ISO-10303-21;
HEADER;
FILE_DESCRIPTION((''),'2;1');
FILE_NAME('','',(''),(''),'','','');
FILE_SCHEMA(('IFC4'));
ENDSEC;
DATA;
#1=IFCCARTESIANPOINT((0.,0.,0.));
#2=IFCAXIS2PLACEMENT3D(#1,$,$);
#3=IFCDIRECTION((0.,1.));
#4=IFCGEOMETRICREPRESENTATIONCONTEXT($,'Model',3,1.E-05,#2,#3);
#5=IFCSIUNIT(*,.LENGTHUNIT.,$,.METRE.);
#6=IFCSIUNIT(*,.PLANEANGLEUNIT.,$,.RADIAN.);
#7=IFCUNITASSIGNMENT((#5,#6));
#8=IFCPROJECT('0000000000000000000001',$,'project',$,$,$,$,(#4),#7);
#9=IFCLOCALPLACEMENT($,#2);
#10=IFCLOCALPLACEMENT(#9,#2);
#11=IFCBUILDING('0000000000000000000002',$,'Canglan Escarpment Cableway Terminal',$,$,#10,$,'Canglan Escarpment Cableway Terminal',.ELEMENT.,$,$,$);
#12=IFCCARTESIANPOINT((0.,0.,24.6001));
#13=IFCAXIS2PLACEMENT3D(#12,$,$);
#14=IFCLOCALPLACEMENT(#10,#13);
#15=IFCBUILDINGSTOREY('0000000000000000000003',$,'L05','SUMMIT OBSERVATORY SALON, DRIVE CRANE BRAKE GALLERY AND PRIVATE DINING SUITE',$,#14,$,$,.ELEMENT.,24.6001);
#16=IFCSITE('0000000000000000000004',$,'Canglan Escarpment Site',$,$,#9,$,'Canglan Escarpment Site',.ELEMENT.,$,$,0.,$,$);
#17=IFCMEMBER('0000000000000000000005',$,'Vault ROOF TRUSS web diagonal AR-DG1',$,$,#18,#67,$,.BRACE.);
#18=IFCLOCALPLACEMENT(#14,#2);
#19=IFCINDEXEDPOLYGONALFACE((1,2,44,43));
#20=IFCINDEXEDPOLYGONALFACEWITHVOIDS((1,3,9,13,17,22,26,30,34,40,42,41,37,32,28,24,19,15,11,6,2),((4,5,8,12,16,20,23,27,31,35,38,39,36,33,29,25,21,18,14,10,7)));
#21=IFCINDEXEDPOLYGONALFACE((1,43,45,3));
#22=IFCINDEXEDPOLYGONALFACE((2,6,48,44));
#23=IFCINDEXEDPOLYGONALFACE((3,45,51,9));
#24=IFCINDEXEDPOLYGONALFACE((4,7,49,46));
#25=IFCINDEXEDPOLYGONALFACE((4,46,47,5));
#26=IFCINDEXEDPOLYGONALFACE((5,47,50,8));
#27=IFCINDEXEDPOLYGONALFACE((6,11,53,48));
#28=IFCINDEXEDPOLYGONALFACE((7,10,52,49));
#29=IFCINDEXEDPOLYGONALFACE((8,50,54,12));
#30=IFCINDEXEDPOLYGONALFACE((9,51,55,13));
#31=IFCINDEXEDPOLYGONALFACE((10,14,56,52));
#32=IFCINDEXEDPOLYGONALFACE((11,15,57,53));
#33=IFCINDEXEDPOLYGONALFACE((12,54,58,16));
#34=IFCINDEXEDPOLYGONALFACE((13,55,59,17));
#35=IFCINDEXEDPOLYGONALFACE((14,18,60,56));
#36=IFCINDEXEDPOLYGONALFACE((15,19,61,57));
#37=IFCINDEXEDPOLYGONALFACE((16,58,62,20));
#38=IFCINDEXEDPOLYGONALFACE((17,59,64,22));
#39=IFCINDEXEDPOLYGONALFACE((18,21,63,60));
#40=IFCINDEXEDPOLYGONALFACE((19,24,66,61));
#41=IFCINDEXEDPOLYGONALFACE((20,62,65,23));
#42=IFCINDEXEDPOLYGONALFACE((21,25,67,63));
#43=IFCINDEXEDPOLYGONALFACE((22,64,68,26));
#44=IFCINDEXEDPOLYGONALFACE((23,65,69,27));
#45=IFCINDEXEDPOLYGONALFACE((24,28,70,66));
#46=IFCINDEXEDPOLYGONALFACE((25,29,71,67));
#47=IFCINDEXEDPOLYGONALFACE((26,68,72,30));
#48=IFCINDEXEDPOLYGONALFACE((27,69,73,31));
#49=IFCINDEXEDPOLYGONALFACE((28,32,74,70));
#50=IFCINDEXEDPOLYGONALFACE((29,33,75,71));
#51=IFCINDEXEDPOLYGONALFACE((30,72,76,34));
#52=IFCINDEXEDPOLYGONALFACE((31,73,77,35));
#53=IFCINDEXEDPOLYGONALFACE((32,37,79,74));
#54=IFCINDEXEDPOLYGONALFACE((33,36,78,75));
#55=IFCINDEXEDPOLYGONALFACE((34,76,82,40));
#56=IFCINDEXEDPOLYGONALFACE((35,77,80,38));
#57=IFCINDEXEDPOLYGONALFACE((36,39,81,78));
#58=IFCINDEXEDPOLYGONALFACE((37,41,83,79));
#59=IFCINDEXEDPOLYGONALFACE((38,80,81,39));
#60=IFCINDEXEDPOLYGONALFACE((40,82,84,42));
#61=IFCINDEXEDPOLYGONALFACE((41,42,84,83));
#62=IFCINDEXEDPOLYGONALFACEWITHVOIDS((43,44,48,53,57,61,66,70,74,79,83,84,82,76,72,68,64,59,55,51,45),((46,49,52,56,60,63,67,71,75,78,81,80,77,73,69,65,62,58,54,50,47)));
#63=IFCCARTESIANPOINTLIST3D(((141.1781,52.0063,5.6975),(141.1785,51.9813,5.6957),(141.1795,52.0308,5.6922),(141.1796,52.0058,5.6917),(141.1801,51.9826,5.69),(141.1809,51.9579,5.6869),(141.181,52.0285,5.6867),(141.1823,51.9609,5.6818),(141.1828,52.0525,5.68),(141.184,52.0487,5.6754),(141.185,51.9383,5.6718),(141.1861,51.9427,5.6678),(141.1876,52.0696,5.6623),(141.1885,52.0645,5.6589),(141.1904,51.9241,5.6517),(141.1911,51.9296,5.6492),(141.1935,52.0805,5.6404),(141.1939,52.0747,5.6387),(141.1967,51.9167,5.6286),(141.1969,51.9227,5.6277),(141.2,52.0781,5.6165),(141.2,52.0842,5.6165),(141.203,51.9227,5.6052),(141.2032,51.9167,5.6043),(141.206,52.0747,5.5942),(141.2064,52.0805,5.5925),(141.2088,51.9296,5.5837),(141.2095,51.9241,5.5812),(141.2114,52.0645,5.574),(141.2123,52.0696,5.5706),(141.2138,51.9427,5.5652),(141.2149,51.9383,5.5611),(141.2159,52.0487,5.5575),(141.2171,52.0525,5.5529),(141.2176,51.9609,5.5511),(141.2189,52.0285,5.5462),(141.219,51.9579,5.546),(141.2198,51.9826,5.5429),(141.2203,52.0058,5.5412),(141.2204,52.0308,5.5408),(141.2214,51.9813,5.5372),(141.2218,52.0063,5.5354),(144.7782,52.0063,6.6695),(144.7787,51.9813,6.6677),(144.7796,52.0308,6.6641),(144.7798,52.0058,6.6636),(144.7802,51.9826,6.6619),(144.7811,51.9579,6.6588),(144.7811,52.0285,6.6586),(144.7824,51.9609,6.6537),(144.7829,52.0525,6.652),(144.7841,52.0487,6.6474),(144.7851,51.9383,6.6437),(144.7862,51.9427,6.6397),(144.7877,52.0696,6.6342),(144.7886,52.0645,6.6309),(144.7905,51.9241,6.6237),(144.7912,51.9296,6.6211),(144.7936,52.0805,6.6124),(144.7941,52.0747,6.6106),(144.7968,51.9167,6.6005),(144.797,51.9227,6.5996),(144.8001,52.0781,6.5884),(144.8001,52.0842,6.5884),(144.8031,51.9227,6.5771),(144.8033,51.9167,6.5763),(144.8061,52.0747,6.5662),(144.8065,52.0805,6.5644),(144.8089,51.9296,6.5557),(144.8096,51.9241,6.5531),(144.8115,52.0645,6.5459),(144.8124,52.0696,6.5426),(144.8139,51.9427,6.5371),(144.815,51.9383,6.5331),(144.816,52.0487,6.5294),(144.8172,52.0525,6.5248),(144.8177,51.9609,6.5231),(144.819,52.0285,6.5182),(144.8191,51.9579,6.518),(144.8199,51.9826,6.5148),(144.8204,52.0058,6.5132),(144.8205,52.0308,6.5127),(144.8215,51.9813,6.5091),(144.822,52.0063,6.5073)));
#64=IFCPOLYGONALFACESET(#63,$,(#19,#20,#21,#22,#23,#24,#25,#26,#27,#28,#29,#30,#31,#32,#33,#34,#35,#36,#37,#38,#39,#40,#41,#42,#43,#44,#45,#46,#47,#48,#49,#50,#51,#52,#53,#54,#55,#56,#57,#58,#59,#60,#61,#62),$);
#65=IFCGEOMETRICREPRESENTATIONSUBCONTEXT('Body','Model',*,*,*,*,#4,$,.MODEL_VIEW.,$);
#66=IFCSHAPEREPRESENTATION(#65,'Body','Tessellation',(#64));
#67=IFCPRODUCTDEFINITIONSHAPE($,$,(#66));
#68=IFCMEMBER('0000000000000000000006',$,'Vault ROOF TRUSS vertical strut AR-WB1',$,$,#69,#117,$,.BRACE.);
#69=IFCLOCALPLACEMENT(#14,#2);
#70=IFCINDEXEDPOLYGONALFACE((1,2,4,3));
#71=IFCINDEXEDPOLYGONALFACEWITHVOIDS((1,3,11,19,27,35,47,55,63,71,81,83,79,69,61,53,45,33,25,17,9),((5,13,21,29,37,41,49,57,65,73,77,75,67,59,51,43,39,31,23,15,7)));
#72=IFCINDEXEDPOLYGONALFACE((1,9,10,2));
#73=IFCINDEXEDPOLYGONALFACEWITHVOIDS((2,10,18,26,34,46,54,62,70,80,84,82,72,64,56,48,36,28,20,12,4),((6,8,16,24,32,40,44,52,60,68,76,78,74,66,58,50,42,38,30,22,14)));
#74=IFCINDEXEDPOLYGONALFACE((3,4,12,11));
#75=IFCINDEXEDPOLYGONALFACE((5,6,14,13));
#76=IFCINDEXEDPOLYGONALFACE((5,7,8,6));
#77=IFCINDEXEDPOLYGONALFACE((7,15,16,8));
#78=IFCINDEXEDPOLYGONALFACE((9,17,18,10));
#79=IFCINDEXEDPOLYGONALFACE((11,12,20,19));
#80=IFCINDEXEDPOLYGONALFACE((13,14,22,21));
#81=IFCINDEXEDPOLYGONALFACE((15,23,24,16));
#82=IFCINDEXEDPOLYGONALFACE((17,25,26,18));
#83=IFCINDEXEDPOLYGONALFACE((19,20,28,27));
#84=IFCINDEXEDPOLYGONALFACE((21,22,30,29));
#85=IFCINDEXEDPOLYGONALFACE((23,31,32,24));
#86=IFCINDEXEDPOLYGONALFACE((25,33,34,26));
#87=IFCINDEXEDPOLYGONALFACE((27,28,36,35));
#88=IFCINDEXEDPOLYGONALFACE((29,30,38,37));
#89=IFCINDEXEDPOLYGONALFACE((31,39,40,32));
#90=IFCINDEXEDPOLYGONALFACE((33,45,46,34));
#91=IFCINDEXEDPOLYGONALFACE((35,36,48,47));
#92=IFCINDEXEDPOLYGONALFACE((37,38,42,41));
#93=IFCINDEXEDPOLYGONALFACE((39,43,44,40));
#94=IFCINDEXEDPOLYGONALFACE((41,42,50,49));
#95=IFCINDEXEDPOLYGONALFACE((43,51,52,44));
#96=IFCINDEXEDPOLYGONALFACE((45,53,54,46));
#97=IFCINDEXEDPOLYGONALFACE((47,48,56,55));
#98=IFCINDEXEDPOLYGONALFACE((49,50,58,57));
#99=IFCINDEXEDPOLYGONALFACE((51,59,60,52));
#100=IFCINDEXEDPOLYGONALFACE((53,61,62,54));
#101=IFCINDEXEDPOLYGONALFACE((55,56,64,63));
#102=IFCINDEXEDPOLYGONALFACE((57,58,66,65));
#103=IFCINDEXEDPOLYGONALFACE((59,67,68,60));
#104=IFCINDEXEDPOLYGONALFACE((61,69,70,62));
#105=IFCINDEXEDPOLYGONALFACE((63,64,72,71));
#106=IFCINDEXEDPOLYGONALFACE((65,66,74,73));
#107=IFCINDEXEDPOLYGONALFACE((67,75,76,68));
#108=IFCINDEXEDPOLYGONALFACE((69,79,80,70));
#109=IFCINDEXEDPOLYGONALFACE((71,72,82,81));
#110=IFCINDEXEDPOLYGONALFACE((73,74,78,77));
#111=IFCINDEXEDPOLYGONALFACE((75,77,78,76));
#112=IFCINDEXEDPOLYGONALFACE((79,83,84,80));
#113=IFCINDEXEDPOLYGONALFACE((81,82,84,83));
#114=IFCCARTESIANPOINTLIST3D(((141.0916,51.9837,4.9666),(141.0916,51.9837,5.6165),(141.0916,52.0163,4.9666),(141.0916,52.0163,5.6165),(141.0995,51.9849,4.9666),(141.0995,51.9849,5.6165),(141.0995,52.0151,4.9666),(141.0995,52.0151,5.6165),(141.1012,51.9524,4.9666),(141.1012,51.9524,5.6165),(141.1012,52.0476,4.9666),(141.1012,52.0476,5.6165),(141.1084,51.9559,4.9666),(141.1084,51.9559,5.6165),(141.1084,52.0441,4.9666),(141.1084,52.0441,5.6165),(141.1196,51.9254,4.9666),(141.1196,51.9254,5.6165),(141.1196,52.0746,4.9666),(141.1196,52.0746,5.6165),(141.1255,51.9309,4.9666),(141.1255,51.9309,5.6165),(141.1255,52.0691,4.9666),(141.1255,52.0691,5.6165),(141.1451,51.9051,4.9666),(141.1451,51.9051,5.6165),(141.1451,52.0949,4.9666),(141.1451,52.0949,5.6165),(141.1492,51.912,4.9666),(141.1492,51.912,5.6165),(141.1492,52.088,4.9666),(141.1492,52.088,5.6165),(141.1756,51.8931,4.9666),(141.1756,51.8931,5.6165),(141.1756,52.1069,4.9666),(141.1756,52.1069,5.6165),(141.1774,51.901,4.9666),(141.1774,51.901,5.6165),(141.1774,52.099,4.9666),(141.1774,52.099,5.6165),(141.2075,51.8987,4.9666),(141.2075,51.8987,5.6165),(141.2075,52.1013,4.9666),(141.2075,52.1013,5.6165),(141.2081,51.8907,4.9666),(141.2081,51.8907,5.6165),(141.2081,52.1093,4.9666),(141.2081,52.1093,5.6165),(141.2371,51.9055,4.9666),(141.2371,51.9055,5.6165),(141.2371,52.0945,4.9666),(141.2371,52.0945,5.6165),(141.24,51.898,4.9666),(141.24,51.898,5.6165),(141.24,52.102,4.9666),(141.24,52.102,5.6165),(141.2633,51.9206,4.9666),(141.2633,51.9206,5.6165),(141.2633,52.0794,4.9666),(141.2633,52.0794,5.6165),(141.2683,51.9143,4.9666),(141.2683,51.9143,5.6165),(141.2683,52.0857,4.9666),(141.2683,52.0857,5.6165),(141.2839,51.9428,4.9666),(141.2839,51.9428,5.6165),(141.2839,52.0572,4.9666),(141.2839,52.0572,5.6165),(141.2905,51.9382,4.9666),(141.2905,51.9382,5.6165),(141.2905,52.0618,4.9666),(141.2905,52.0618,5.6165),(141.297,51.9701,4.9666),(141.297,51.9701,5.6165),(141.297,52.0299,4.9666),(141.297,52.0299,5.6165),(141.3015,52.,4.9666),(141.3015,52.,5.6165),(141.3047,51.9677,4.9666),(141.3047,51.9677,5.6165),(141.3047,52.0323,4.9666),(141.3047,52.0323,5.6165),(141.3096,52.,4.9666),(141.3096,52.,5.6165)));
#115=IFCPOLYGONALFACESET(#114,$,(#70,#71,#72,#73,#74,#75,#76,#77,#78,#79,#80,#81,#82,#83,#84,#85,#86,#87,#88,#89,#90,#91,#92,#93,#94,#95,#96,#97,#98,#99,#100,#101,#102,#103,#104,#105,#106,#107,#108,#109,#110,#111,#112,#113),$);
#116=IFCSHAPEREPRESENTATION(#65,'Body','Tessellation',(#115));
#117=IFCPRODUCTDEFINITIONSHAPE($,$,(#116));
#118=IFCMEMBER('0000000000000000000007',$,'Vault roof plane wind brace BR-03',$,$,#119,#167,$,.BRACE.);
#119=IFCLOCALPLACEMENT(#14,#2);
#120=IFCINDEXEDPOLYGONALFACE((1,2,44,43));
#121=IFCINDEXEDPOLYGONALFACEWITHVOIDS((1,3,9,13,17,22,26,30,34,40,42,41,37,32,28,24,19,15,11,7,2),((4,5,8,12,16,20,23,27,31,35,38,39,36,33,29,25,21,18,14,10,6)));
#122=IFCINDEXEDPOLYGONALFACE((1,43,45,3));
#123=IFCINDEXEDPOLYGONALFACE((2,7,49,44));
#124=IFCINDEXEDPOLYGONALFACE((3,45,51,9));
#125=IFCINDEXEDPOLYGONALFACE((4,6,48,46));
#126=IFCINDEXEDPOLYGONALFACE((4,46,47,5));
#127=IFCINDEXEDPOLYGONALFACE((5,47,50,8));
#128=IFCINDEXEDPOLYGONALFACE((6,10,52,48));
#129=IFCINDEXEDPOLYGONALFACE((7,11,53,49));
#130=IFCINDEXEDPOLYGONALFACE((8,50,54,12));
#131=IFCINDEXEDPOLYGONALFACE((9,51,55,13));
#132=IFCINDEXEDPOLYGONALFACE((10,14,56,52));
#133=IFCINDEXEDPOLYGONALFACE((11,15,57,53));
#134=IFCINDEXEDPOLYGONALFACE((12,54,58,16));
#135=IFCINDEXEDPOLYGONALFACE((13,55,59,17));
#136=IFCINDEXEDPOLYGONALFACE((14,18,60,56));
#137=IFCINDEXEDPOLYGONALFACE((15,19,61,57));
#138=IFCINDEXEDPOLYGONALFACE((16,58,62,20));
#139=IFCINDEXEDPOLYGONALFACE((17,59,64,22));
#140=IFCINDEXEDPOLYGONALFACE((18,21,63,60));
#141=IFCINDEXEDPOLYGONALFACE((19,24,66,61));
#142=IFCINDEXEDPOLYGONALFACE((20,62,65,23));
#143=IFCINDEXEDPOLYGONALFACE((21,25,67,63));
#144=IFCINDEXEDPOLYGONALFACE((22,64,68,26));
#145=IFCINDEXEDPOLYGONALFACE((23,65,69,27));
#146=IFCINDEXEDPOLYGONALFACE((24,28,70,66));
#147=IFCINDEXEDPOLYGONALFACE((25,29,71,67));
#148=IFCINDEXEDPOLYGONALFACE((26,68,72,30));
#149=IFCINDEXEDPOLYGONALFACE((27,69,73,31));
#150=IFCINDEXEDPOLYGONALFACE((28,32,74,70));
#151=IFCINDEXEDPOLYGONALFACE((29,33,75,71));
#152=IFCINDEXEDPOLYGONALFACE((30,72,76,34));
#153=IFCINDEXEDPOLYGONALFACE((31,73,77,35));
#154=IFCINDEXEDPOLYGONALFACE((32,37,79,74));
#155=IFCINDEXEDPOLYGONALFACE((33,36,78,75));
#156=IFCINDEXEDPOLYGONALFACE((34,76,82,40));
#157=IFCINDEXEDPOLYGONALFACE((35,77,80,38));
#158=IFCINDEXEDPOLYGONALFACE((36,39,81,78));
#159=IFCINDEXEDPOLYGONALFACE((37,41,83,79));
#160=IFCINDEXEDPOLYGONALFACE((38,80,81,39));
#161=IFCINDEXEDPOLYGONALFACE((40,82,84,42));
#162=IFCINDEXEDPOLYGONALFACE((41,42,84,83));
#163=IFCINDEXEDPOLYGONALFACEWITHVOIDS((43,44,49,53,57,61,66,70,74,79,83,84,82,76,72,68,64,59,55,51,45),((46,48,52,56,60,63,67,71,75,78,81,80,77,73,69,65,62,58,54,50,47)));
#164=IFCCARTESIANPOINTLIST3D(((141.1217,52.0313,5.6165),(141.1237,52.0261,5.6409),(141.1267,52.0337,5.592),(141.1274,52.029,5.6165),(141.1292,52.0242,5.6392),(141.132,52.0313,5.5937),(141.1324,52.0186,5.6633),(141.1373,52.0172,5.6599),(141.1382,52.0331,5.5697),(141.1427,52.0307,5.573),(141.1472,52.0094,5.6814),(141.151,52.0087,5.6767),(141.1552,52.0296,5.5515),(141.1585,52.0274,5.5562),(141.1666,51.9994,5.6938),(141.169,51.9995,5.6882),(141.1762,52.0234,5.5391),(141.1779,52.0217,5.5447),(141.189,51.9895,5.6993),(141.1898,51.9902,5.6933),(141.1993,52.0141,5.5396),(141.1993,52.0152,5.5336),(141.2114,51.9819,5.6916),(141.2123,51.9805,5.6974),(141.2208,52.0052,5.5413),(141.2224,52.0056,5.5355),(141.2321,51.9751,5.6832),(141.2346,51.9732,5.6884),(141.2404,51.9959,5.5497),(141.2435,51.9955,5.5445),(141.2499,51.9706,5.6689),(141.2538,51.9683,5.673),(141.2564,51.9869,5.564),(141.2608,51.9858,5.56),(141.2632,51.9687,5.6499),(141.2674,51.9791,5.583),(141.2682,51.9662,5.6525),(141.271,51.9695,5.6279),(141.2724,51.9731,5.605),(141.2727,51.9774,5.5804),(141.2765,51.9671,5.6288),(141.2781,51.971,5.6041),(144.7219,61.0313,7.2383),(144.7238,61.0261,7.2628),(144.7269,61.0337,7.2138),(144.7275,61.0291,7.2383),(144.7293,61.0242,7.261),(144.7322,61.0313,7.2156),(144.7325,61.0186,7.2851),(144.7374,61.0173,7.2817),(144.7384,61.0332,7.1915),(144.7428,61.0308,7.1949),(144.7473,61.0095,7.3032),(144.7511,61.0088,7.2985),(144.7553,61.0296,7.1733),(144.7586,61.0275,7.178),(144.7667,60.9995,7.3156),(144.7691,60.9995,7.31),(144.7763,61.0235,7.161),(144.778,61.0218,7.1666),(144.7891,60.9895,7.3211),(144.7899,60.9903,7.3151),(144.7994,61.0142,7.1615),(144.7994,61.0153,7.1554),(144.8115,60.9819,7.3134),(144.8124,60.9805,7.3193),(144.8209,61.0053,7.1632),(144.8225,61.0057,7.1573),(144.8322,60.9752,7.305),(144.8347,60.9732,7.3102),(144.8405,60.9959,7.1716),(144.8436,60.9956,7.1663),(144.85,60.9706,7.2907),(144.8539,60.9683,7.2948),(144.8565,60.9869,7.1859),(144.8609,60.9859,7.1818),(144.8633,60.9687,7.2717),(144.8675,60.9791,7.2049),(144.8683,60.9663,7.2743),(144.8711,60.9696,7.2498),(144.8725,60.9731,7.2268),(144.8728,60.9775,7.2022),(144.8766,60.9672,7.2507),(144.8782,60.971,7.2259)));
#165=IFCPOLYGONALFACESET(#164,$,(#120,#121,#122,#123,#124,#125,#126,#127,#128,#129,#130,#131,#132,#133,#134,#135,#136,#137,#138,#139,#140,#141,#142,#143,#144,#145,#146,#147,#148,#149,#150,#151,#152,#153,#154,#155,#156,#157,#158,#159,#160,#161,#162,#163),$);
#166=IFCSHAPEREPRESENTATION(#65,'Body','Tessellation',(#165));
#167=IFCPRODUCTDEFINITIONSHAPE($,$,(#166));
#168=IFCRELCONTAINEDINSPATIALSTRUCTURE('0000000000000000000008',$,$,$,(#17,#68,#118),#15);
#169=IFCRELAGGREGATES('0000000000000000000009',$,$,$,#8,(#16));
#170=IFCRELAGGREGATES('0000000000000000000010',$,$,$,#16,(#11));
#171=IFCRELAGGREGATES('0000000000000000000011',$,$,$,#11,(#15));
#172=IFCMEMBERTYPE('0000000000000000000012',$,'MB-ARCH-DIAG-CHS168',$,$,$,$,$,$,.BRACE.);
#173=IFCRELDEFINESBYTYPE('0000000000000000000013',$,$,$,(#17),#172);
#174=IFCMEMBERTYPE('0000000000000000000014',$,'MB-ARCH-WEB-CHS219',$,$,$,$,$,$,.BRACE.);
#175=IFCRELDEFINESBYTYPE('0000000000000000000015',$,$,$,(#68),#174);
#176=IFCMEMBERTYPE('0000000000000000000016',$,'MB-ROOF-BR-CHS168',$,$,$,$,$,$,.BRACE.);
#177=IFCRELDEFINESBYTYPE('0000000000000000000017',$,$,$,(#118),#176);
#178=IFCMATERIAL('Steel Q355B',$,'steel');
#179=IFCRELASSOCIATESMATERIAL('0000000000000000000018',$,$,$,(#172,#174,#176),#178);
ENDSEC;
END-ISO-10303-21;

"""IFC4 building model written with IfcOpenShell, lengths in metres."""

from ifc_helpers import new_model, si_unit, direction, frame, origin, origin_2d, place, context, subcontext, project, spatial, hollow_circle, extrude, material, material_profile, profile_set, type_object, element, save


model = new_model("IFC4")

# Units and contexts
model_context = context("Model", 3, precision=1e-05, world=origin(), true_north=direction((0.0, 1.0)))
body_context = subcontext(model_context, "Body", "Model", "MODEL_VIEW")
ifc_project = project(units=[si_unit("LENGTHUNIT", "METRE"), si_unit("PLANEANGLEUNIT", "RADIAN")], contexts=[model_context])

# Site, building, storey
site_placement = place(None, origin())
site = spatial("IfcSite", under=ifc_project, at=site_placement, Name="Canglan Escarpment Site", LongName="Canglan Escarpment Site", CompositionType="ELEMENT", RefElevation=0.0)
building_placement = place(site_placement, origin())
building = spatial("IfcBuilding", under=site, at=building_placement, Name="Canglan Escarpment Cableway Terminal", LongName="Canglan Escarpment Cableway Terminal", CompositionType="ELEMENT")
storey_placement = place(building_placement, frame((0.0, 0.0, 24.6001)))
storey = spatial("IfcBuildingStorey", under=building, at=storey_placement, Name="L05", Description="SUMMIT OBSERVATORY SALON, DRIVE CRANE BRAKE GALLERY AND PRIVATE DINING SUITE", CompositionType="ELEMENT", Elevation=24.6001)

# Shared definitions
ifc_material_1 = material(Name="Steel Q355B", Category="steel")

# Members
ifc_material_profile_1 = material_profile(ifc_material_1, hollow_circle(Radius=0.0842, WallThickness=0.0061, at=origin_2d()), Name="CHS 168.3x6")
ifc_profile_set_1 = profile_set([ifc_material_profile_1], Name="Steel Q355B")
member_type_1 = type_object("IfcMemberType", Name="MB-ARCH-DIAG-CHS168", PredefinedType="BRACE", material=ifc_profile_set_1)
member_1_placement = place(storey_placement, frame((141.2, 52.0, 5.6165), z_axis=(0.965436, 0.0, 0.26064), x_axis=(0.0, 1.0, 0.0)))
element("IfcMember", 1, at=member_1_placement, inside=storey, type_object=member_type_1, Name="Vault ROOF TRUSS web diagonal AR-DG1", PredefinedType="BRACE", context=body_context, shape_type="SweptSolid", body=[
    extrude(hollow_circle(Radius=0.0842, WallThickness=0.0061, at=origin_2d()), origin(), (0.0, 0.0, 1.0), 3.729),
])
ifc_material_profile_2 = material_profile(ifc_material_1, hollow_circle(Radius=0.1096, WallThickness=0.0081, at=origin_2d()), Name="CHS 219.1x8")
ifc_profile_set_2 = profile_set([ifc_material_profile_2], Name="Steel Q355B")
member_type_2 = type_object("IfcMemberType", Name="MB-ARCH-WEB-CHS219", PredefinedType="BRACE", material=ifc_profile_set_2)
member_2_placement = place(storey_placement, frame((141.2, 52.0, 4.9666), z_axis=(0.0, 0.0, 1.0), x_axis=(1.0, 0.0, 0.0)))
element("IfcMember", 2, at=member_2_placement, inside=storey, type_object=member_type_2, Name="Vault ROOF TRUSS vertical strut AR-WB1", PredefinedType="BRACE", context=body_context, shape_type="SweptSolid", body=[
    extrude(hollow_circle(Radius=0.1096, WallThickness=0.0081, at=origin_2d()), origin(), (0.0, 0.0, 1.0), 0.6499),
])
ifc_material_profile_3 = material_profile(ifc_material_1, hollow_circle(Radius=0.0842, WallThickness=0.0061, at=origin_2d()), Name="CHS 168.3x6")
ifc_profile_set_3 = profile_set([ifc_material_profile_3], Name="Steel Q355B")
member_type_3 = type_object("IfcMemberType", Name="MB-ROOF-BR-CHS168", PredefinedType="BRACE", material=ifc_profile_set_3)
member_3_placement = place(storey_placement, frame((141.2, 52.0, 5.6165), z_axis=(0.366308, 0.915744, 0.16502), x_axis=(-0.928473, 0.371399, 0.0)))
element("IfcMember", 3, at=member_3_placement, inside=storey, type_object=member_type_3, Name="Vault roof plane wind brace BR-03", PredefinedType="BRACE", context=body_context, shape_type="SweptSolid", body=[
    extrude(hollow_circle(Radius=0.0842, WallThickness=0.0061, at=origin_2d()), origin(), (0.0, 0.0, 1.0), 9.8281),
])

save(model, "model.ifc")
